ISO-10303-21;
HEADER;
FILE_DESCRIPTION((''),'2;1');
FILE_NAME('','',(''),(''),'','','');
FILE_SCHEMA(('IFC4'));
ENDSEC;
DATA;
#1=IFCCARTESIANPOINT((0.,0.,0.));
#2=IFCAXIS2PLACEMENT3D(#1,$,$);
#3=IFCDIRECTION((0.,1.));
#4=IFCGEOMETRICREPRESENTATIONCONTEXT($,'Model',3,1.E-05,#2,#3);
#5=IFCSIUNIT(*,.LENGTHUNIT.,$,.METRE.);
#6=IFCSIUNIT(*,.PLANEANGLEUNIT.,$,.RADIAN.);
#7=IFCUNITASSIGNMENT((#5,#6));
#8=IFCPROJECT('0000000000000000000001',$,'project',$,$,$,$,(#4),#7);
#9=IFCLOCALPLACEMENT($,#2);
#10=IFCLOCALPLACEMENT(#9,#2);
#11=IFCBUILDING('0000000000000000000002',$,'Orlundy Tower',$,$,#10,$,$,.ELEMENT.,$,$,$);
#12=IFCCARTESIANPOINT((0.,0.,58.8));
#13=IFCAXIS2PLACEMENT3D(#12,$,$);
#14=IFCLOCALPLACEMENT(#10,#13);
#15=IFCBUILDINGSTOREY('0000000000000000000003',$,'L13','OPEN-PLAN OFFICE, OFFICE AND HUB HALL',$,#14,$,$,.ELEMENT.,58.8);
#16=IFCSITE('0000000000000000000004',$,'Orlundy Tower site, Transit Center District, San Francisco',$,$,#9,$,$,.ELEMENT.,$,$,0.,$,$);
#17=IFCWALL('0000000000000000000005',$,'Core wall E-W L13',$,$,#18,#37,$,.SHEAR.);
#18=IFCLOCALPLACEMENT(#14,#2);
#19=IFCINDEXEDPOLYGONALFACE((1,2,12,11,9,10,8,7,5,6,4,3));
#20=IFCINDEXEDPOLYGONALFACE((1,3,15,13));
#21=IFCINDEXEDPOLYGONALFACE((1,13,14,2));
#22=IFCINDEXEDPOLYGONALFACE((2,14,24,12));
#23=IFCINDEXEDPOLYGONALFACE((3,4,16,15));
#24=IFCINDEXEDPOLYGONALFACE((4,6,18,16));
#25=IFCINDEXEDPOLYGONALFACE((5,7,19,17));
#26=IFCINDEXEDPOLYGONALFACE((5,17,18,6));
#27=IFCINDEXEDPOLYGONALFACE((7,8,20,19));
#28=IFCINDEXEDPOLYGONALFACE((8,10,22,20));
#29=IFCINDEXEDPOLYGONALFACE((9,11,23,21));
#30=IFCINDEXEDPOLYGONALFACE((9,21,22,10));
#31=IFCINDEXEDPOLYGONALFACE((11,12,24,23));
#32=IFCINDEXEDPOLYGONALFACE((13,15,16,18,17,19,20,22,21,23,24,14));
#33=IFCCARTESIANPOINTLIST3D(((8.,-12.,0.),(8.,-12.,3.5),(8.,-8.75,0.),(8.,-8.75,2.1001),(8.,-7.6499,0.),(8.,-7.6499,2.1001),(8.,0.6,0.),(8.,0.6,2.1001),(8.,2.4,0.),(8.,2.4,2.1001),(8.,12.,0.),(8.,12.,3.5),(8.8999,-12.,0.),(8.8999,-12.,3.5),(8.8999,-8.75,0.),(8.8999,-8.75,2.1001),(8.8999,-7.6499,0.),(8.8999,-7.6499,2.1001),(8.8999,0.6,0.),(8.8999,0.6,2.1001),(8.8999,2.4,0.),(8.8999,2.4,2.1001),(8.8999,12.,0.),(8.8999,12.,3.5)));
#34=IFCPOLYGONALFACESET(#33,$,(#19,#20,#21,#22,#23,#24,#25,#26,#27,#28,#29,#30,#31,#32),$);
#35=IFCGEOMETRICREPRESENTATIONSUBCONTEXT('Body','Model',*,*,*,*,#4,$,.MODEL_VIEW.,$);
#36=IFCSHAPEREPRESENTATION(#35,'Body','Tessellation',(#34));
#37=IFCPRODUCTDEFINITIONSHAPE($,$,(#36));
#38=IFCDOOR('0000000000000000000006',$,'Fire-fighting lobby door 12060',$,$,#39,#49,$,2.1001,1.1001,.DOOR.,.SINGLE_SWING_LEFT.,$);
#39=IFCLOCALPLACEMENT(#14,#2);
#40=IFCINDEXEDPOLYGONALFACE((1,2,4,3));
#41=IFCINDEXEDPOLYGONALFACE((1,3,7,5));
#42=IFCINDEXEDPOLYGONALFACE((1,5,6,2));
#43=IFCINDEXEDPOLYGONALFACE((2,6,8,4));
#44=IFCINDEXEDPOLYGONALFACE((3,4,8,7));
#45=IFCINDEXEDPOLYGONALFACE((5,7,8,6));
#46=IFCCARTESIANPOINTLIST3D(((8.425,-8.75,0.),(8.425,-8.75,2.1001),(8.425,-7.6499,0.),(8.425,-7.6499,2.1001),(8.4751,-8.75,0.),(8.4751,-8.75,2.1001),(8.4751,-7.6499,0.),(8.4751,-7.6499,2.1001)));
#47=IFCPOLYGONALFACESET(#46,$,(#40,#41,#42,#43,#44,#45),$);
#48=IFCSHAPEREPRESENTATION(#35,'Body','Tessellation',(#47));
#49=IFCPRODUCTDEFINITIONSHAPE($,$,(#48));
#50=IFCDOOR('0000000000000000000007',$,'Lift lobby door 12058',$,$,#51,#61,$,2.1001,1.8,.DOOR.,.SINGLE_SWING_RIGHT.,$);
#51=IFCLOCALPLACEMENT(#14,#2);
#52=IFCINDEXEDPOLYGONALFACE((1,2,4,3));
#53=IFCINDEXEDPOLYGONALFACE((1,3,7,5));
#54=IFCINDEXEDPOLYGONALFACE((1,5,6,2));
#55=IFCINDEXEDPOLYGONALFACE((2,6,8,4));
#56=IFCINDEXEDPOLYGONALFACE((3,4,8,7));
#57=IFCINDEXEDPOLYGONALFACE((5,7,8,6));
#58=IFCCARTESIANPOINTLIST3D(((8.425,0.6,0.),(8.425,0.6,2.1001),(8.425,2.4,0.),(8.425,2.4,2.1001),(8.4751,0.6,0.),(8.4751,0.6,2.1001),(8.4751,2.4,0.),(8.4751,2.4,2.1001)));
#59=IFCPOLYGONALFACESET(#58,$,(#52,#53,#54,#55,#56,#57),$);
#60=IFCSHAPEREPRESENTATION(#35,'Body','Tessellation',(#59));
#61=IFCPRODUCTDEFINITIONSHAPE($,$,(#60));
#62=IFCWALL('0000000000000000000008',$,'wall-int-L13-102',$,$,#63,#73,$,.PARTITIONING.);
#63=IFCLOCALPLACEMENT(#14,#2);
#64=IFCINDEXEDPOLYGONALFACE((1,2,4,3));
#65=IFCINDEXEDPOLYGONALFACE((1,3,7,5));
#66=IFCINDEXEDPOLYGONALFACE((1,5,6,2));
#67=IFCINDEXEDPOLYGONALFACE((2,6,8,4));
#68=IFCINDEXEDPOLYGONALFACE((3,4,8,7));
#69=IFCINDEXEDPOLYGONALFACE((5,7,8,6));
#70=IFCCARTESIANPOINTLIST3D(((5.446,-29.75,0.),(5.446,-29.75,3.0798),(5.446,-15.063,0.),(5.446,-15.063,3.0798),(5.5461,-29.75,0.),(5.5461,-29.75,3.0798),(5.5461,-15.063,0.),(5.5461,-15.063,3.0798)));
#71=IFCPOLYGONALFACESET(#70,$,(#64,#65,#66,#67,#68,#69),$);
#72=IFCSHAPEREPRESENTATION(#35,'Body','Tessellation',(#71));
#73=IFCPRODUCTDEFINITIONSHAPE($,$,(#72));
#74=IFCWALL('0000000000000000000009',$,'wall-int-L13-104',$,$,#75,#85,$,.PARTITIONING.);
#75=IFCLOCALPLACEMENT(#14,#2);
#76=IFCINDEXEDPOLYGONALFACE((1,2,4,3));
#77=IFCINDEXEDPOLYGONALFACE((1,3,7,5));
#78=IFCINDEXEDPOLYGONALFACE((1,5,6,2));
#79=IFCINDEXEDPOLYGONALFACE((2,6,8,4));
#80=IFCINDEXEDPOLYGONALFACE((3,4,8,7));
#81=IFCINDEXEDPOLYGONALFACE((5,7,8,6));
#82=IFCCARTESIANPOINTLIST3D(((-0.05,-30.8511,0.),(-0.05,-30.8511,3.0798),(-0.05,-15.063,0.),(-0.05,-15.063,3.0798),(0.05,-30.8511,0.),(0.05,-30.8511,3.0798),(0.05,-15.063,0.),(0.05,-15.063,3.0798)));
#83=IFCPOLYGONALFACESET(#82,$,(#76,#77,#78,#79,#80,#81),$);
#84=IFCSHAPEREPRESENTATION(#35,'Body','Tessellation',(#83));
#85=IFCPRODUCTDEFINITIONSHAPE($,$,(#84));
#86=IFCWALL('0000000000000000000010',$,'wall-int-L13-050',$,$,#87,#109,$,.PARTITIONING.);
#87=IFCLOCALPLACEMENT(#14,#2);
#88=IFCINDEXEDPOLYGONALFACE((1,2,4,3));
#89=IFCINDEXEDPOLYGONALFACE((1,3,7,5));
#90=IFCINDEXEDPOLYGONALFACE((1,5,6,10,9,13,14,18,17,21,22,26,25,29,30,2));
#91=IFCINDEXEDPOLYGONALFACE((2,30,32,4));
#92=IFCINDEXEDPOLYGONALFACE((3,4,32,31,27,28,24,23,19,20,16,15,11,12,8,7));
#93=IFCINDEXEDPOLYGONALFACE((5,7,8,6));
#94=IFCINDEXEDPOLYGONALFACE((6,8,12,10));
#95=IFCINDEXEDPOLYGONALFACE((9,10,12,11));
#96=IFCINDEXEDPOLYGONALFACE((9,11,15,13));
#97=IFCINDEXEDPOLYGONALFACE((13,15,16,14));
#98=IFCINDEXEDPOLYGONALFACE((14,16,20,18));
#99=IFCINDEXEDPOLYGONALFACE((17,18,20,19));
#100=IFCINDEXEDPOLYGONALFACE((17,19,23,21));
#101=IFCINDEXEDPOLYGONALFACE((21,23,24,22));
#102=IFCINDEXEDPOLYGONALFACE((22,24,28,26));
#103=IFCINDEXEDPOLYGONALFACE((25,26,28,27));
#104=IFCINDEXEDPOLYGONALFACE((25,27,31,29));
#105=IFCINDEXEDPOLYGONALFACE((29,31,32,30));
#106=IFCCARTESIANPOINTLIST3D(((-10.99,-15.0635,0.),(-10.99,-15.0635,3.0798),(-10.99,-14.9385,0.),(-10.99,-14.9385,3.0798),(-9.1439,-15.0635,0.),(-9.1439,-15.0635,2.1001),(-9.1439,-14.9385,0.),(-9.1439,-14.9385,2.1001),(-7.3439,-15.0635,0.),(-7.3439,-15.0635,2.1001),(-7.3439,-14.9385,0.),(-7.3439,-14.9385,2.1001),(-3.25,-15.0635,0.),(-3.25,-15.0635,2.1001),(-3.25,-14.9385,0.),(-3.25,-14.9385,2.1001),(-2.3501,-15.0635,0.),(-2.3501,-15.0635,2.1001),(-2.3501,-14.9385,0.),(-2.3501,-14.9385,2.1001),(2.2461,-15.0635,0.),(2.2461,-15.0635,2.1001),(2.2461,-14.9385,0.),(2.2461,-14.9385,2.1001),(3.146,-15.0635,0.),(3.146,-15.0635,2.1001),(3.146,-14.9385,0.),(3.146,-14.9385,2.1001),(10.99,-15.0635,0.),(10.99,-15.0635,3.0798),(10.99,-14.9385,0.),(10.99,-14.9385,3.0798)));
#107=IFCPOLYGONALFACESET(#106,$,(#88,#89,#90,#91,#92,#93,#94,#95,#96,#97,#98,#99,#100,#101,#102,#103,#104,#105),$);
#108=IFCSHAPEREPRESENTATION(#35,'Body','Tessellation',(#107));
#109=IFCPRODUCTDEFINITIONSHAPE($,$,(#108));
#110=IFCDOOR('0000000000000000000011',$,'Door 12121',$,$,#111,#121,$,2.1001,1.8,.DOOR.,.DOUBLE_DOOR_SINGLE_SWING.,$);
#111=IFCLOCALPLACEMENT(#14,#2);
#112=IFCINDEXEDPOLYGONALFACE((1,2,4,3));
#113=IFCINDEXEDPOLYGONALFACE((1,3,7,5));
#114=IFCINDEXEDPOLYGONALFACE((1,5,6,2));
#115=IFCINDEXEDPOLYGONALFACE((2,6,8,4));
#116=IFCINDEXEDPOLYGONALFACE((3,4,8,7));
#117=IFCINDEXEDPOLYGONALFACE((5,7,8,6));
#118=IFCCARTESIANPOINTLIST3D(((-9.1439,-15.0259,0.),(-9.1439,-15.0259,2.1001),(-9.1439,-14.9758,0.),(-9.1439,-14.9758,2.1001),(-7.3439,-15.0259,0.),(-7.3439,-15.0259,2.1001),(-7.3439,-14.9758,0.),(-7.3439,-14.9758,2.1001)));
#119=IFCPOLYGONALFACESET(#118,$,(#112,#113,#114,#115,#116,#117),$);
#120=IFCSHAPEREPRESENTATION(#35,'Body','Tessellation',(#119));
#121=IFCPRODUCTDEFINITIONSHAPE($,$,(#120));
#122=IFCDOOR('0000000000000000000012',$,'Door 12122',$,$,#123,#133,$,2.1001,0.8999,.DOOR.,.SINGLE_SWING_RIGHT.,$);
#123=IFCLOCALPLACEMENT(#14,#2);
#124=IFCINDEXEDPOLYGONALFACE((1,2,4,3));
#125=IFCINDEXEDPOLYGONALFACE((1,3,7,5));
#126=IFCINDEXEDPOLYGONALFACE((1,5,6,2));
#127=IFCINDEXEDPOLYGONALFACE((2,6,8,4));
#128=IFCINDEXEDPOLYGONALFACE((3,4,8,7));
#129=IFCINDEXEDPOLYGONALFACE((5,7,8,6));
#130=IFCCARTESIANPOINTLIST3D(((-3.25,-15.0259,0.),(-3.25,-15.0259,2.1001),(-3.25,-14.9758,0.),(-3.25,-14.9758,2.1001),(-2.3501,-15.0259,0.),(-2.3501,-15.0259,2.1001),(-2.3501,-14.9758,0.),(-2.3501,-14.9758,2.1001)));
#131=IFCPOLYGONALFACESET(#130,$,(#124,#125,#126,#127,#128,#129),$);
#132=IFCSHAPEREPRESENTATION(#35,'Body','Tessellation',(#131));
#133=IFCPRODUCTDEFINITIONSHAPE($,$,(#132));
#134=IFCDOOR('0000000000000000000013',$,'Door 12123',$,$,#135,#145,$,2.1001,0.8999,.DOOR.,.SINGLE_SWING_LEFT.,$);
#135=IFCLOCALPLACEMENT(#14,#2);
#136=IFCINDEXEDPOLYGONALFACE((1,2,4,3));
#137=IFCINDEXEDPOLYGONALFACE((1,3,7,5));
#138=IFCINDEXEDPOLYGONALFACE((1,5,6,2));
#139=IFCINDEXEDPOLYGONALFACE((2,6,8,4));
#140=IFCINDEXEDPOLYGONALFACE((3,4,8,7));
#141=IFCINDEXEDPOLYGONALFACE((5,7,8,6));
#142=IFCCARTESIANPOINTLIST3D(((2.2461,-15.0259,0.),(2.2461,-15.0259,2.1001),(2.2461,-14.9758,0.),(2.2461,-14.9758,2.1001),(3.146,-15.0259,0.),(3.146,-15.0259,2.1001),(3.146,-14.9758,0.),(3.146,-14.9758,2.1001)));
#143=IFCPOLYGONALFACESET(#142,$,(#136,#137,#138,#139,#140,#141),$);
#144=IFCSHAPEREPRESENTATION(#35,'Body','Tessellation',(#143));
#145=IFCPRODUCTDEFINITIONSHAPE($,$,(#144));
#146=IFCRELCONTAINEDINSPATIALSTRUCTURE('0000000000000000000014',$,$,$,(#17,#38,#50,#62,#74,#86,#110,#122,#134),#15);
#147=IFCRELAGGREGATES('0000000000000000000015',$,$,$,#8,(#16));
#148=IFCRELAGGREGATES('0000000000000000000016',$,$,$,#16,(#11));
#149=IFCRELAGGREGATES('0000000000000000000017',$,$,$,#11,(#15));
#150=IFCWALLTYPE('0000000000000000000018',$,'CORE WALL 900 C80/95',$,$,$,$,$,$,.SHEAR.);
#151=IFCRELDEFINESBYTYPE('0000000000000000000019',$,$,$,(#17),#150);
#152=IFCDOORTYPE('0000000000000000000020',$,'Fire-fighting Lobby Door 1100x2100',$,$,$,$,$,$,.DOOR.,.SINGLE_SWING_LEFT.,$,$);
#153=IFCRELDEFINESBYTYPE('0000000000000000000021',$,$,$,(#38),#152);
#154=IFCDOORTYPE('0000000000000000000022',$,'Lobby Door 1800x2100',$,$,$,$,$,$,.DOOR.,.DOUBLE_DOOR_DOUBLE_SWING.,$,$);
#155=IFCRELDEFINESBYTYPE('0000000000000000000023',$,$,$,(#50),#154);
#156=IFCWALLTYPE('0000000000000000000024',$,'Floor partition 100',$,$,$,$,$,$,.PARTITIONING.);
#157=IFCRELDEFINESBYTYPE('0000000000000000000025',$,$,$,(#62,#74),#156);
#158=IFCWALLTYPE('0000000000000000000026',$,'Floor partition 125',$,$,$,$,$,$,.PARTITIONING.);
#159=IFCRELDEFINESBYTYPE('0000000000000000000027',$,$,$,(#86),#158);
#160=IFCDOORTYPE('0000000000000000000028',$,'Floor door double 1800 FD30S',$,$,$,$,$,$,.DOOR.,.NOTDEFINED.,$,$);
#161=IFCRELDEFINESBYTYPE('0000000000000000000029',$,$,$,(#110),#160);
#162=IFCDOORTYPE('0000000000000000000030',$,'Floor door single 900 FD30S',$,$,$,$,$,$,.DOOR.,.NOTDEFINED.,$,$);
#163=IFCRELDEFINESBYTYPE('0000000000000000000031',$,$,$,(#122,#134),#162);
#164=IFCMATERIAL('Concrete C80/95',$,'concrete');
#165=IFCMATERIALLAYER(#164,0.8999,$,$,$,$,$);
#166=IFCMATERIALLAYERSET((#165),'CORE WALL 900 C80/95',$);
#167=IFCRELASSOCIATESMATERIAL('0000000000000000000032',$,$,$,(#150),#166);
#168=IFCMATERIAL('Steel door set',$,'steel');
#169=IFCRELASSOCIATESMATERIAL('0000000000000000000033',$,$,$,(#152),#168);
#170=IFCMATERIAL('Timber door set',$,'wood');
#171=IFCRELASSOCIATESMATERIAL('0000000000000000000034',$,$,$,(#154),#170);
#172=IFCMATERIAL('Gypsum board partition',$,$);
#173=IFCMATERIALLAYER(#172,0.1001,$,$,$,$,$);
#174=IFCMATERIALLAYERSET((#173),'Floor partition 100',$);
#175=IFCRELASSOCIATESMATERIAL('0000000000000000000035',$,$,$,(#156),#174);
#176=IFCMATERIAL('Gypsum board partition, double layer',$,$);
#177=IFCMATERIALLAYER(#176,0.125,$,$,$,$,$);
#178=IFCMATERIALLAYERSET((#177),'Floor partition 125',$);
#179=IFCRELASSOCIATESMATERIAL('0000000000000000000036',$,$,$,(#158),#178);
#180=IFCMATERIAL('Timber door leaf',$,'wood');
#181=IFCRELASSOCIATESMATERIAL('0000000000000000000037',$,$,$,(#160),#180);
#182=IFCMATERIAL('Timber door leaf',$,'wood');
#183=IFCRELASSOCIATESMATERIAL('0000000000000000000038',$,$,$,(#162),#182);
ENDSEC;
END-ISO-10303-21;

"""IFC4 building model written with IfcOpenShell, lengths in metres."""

from ifc_helpers import new_model, si_unit, direction, frame, frame_2d, origin, place, context, subcontext, project, spatial, rectangle, extrude, material, layer, layer_set, type_object, element, fill, save


model = new_model("IFC4")

# Units and contexts
model_context = context("Model", 3, precision=1e-05, world=origin(), true_north=direction((0.0, 1.0)))
body_context = subcontext(model_context, "Body", "Model", "MODEL_VIEW")
ifc_project = project(units=[si_unit("LENGTHUNIT", "METRE"), si_unit("PLANEANGLEUNIT", "RADIAN")], contexts=[model_context])

# Site, building, storey
site_placement = place(None, origin())
site = spatial("IfcSite", under=ifc_project, at=site_placement, Name="Orlundy Tower site, Transit Center District, San Francisco", CompositionType="ELEMENT", RefElevation=0.0)
building_placement = place(site_placement, origin())
building = spatial("IfcBuilding", under=site, at=building_placement, Name="Orlundy Tower", CompositionType="ELEMENT")
storey_placement = place(building_placement, frame((0.0, 0.0, 58.8)))
storey = spatial("IfcBuildingStorey", under=building, at=storey_placement, Name="L13", Description="OPEN-PLAN OFFICE, OFFICE AND HUB HALL", CompositionType="ELEMENT", Elevation=58.8)

# Wall, openings, doors
ifc_material_1 = material(Name="Concrete C80/95", Category="concrete")
ifc_layer_1 = layer(ifc_material_1, 0.8999)
ifc_layer_set_1 = layer_set([ifc_layer_1], Name="CORE WALL 900 C80/95")
wall_type_1 = type_object("IfcWallType", Name="CORE WALL 900 C80/95", PredefinedType="SHEAR", material=ifc_layer_set_1)
wall_1_placement = place(storey_placement, frame((8.45, -12.0, 0.0), z_axis=(0.0, 0.0, 1.0), x_axis=(0.0, 1.0, 0.0)))
wall_1 = element("IfcWall", 1, at=wall_1_placement, inside=storey, type_object=wall_type_1, Name="Core wall E-W L13", PredefinedType="SHEAR", context=body_context, shape_type="SweptSolid", body=[
    extrude(rectangle(XDim=24.0, YDim=0.8999, at=frame_2d((12.0, 0.0))), origin(), (0.0, 0.0, 1.0), 3.5),
])
opening_1_placement = place(wall_1_placement, frame((12.6001, 0.0, 0.0)))
opening_1 = element("IfcOpeningElement", 2, at=opening_1_placement, cuts=wall_1, PredefinedType="OPENING", context=body_context, shape_type="SweptSolid", body=[
    extrude(rectangle(XDim=1.8, YDim=2.1001, at=frame_2d((0.8999, 1.05))), frame((0.0, 0.46, 0.0), z_axis=(0.0, -1.0, 0.0), x_axis=(1.0, 0.0, 0.0)), (0.0, 0.0, 1.0), 0.9199),
])
opening_2_placement = place(wall_1_placement, frame((3.25, 0.0, 0.0)))
opening_2 = element("IfcOpeningElement", 3, at=opening_2_placement, cuts=wall_1, PredefinedType="OPENING", context=body_context, shape_type="SweptSolid", body=[
    extrude(rectangle(XDim=1.1001, YDim=2.1001, at=frame_2d((0.55, 1.05))), frame((0.0, 0.46, 0.0), z_axis=(0.0, -1.0, 0.0), x_axis=(1.0, 0.0, 0.0)), (0.0, 0.0, 1.0), 0.9199),
])
ifc_material_2 = material(Name="Steel door set", Category="steel")
door_type_1 = type_object("IfcDoorType", Name="Fire-fighting Lobby Door 1100x2100", OperationType="SINGLE_SWING_LEFT", PredefinedType="DOOR", material=ifc_material_2)
door_1_placement = place(opening_2_placement, origin())
door_1 = element("IfcDoor", 4, at=door_1_placement, inside=storey, type_object=door_type_1, Name="Fire-fighting lobby door 12060", OperationType="SINGLE_SWING_LEFT", OverallHeight=2.1001, OverallWidth=1.1001, PredefinedType="DOOR", context=body_context, shape_type="SweptSolid", body=[
    extrude(rectangle(XDim=1.1001, YDim=2.1001, at=frame_2d((0.55, 1.05))), frame((0.0, 0.0249, 0.0), z_axis=(0.0, -1.0, 0.0), x_axis=(1.0, 0.0, 0.0)), (0.0, 0.0, 1.0), 0.05),
])
fill(opening_2, door_1)
ifc_material_3 = material(Name="Timber door set", Category="wood")
door_type_2 = type_object("IfcDoorType", Name="Lobby Door 1800x2100", OperationType="DOUBLE_DOOR_DOUBLE_SWING", PredefinedType="DOOR", material=ifc_material_3)
door_2_placement = place(opening_1_placement, origin())
door_2 = element("IfcDoor", 5, at=door_2_placement, inside=storey, type_object=door_type_2, Name="Lift lobby door 12058", OperationType="SINGLE_SWING_RIGHT", OverallHeight=2.1001, OverallWidth=1.8, PredefinedType="DOOR", context=body_context, shape_type="SweptSolid", body=[
    extrude(rectangle(XDim=1.8, YDim=2.1001, at=frame_2d((0.8999, 1.05))), frame((0.0, 0.0249, 0.0), z_axis=(0.0, -1.0, 0.0), x_axis=(1.0, 0.0, 0.0)), (0.0, 0.0, 1.0), 0.05),
])
fill(opening_1, door_2)

# Walls
ifc_material_4 = material(Name="Gypsum board partition")
ifc_layer_2 = layer(ifc_material_4, 0.1001)
ifc_layer_set_2 = layer_set([ifc_layer_2], Name="Floor partition 100")
wall_type_2 = type_object("IfcWallType", Name="Floor partition 100", PredefinedType="PARTITIONING", material=ifc_layer_set_2)
wall_2_placement = place(storey_placement, frame((5.4961, -29.75, 0.0), z_axis=(0.0, 0.0, 1.0), x_axis=(0.0, 1.0, 0.0)))
element("IfcWall", 6, at=wall_2_placement, inside=storey, type_object=wall_type_2, Name="wall-int-L13-102", PredefinedType="PARTITIONING", context=body_context, shape_type="SweptSolid", body=[
    extrude(rectangle(XDim=14.687, YDim=0.1001, at=frame_2d((7.3435, 0.0))), origin(), (0.0, 0.0, 1.0), 3.0798),
])
wall_3_placement = place(storey_placement, frame((0.0, -30.8511, 0.0), z_axis=(0.0, 0.0, 1.0), x_axis=(0.0, 1.0, 0.0)))
element("IfcWall", 7, at=wall_3_placement, inside=storey, type_object=wall_type_2, Name="wall-int-L13-104", PredefinedType="PARTITIONING", context=body_context, shape_type="SweptSolid", body=[
    extrude(rectangle(XDim=15.7881, YDim=0.1001, at=frame_2d((7.894, 0.0))), origin(), (0.0, 0.0, 1.0), 3.0798),
])

# Wall, openings, doors
ifc_material_5 = material(Name="Gypsum board partition, double layer")
ifc_layer_3 = layer(ifc_material_5, 0.125)
ifc_layer_set_3 = layer_set([ifc_layer_3], Name="Floor partition 125")
wall_type_3 = type_object("IfcWallType", Name="Floor partition 125", PredefinedType="PARTITIONING", material=ifc_layer_set_3)
wall_4_placement = place(storey_placement, frame((10.99, -15.001, 0.0), z_axis=(0.0, 0.0, 1.0), x_axis=(-1.0, 0.0, 0.0)))
wall_4 = element("IfcWall", 8, at=wall_4_placement, inside=storey, type_object=wall_type_3, Name="wall-int-L13-050", PredefinedType="PARTITIONING", context=body_context, shape_type="SweptSolid", body=[
    extrude(rectangle(XDim=21.98, YDim=0.125, at=frame_2d((10.99, 0.0))), origin(), (0.0, 0.0, 1.0), 3.0798),
])
opening_3_placement = place(wall_4_placement, frame((18.334, 0.0, 0.0)))
opening_3 = element("IfcOpeningElement", 9, at=opening_3_placement, cuts=wall_4, PredefinedType="OPENING", context=body_context, shape_type="SweptSolid", body=[
    extrude(rectangle(XDim=1.8, YDim=2.1001, at=frame_2d((0.8999, 1.05))), frame((0.0, 0.0725, 0.0), z_axis=(0.0, -1.0, 0.0), x_axis=(1.0, 0.0, 0.0)), (0.0, 0.0, 1.0), 0.145),
])
opening_4_placement = place(wall_4_placement, frame((13.3401, 0.0, 0.0)))
opening_4 = element("IfcOpeningElement", 10, at=opening_4_placement, cuts=wall_4, PredefinedType="OPENING", context=body_context, shape_type="SweptSolid", body=[
    extrude(rectangle(XDim=0.8999, YDim=2.1001, at=frame_2d((0.45, 1.05))), frame((0.0, 0.0725, 0.0), z_axis=(0.0, -1.0, 0.0), x_axis=(1.0, 0.0, 0.0)), (0.0, 0.0, 1.0), 0.145),
])
opening_5_placement = place(wall_4_placement, frame((7.844, 0.0, 0.0)))
opening_5 = element("IfcOpeningElement", 11, at=opening_5_placement, cuts=wall_4, PredefinedType="OPENING", context=body_context, shape_type="SweptSolid", body=[
    extrude(rectangle(XDim=0.8999, YDim=2.1001, at=frame_2d((0.45, 1.05))), frame((0.0, 0.0725, 0.0), z_axis=(0.0, -1.0, 0.0), x_axis=(1.0, 0.0, 0.0)), (0.0, 0.0, 1.0), 0.145),
])
ifc_material_6 = material(Name="Timber door leaf", Category="wood")
door_type_3 = type_object("IfcDoorType", Name="Floor door double 1800 FD30S", OperationType="NOTDEFINED", PredefinedType="DOOR", material=ifc_material_6)
door_3_placement = place(opening_3_placement, origin())
door_3 = element("IfcDoor", 12, at=door_3_placement, inside=storey, type_object=door_type_3, Name="Door 12121", OperationType="DOUBLE_DOOR_SINGLE_SWING", OverallHeight=2.1001, OverallWidth=1.8, PredefinedType="DOOR", context=body_context, shape_type="SweptSolid", body=[
    extrude(rectangle(XDim=1.8, YDim=2.1001, at=frame_2d((0.8999, 1.05))), frame((0.0, 0.0249, 0.0), z_axis=(0.0, -1.0, 0.0), x_axis=(1.0, 0.0, 0.0)), (0.0, 0.0, 1.0), 0.05),
])
fill(opening_3, door_3)
ifc_material_7 = material(Name="Timber door leaf", Category="wood")
door_type_4 = type_object("IfcDoorType", Name="Floor door single 900 FD30S", OperationType="NOTDEFINED", PredefinedType="DOOR", material=ifc_material_7)
door_4_placement = place(opening_4_placement, origin())
door_4 = element("IfcDoor", 13, at=door_4_placement, inside=storey, type_object=door_type_4, Name="Door 12122", OperationType="SINGLE_SWING_RIGHT", OverallHeight=2.1001, OverallWidth=0.8999, PredefinedType="DOOR", context=body_context, shape_type="SweptSolid", body=[
    extrude(rectangle(XDim=0.8999, YDim=2.1001, at=frame_2d((0.45, 1.05))), frame((0.0, 0.0249, 0.0), z_axis=(0.0, -1.0, 0.0), x_axis=(1.0, 0.0, 0.0)), (0.0, 0.0, 1.0), 0.05),
])
fill(opening_4, door_4)
door_5_placement = place(opening_5_placement, origin())
door_5 = element("IfcDoor", 14, at=door_5_placement, inside=storey, type_object=door_type_4, Name="Door 12123", OperationType="SINGLE_SWING_LEFT", OverallHeight=2.1001, OverallWidth=0.8999, PredefinedType="DOOR", context=body_context, shape_type="SweptSolid", body=[
    extrude(rectangle(XDim=0.8999, YDim=2.1001, at=frame_2d((0.45, 1.05))), frame((0.0, 0.0249, 0.0), z_axis=(0.0, -1.0, 0.0), x_axis=(1.0, 0.0, 0.0)), (0.0, 0.0, 1.0), 0.05),
])
fill(opening_5, door_5)

save(model, "model.ifc")
